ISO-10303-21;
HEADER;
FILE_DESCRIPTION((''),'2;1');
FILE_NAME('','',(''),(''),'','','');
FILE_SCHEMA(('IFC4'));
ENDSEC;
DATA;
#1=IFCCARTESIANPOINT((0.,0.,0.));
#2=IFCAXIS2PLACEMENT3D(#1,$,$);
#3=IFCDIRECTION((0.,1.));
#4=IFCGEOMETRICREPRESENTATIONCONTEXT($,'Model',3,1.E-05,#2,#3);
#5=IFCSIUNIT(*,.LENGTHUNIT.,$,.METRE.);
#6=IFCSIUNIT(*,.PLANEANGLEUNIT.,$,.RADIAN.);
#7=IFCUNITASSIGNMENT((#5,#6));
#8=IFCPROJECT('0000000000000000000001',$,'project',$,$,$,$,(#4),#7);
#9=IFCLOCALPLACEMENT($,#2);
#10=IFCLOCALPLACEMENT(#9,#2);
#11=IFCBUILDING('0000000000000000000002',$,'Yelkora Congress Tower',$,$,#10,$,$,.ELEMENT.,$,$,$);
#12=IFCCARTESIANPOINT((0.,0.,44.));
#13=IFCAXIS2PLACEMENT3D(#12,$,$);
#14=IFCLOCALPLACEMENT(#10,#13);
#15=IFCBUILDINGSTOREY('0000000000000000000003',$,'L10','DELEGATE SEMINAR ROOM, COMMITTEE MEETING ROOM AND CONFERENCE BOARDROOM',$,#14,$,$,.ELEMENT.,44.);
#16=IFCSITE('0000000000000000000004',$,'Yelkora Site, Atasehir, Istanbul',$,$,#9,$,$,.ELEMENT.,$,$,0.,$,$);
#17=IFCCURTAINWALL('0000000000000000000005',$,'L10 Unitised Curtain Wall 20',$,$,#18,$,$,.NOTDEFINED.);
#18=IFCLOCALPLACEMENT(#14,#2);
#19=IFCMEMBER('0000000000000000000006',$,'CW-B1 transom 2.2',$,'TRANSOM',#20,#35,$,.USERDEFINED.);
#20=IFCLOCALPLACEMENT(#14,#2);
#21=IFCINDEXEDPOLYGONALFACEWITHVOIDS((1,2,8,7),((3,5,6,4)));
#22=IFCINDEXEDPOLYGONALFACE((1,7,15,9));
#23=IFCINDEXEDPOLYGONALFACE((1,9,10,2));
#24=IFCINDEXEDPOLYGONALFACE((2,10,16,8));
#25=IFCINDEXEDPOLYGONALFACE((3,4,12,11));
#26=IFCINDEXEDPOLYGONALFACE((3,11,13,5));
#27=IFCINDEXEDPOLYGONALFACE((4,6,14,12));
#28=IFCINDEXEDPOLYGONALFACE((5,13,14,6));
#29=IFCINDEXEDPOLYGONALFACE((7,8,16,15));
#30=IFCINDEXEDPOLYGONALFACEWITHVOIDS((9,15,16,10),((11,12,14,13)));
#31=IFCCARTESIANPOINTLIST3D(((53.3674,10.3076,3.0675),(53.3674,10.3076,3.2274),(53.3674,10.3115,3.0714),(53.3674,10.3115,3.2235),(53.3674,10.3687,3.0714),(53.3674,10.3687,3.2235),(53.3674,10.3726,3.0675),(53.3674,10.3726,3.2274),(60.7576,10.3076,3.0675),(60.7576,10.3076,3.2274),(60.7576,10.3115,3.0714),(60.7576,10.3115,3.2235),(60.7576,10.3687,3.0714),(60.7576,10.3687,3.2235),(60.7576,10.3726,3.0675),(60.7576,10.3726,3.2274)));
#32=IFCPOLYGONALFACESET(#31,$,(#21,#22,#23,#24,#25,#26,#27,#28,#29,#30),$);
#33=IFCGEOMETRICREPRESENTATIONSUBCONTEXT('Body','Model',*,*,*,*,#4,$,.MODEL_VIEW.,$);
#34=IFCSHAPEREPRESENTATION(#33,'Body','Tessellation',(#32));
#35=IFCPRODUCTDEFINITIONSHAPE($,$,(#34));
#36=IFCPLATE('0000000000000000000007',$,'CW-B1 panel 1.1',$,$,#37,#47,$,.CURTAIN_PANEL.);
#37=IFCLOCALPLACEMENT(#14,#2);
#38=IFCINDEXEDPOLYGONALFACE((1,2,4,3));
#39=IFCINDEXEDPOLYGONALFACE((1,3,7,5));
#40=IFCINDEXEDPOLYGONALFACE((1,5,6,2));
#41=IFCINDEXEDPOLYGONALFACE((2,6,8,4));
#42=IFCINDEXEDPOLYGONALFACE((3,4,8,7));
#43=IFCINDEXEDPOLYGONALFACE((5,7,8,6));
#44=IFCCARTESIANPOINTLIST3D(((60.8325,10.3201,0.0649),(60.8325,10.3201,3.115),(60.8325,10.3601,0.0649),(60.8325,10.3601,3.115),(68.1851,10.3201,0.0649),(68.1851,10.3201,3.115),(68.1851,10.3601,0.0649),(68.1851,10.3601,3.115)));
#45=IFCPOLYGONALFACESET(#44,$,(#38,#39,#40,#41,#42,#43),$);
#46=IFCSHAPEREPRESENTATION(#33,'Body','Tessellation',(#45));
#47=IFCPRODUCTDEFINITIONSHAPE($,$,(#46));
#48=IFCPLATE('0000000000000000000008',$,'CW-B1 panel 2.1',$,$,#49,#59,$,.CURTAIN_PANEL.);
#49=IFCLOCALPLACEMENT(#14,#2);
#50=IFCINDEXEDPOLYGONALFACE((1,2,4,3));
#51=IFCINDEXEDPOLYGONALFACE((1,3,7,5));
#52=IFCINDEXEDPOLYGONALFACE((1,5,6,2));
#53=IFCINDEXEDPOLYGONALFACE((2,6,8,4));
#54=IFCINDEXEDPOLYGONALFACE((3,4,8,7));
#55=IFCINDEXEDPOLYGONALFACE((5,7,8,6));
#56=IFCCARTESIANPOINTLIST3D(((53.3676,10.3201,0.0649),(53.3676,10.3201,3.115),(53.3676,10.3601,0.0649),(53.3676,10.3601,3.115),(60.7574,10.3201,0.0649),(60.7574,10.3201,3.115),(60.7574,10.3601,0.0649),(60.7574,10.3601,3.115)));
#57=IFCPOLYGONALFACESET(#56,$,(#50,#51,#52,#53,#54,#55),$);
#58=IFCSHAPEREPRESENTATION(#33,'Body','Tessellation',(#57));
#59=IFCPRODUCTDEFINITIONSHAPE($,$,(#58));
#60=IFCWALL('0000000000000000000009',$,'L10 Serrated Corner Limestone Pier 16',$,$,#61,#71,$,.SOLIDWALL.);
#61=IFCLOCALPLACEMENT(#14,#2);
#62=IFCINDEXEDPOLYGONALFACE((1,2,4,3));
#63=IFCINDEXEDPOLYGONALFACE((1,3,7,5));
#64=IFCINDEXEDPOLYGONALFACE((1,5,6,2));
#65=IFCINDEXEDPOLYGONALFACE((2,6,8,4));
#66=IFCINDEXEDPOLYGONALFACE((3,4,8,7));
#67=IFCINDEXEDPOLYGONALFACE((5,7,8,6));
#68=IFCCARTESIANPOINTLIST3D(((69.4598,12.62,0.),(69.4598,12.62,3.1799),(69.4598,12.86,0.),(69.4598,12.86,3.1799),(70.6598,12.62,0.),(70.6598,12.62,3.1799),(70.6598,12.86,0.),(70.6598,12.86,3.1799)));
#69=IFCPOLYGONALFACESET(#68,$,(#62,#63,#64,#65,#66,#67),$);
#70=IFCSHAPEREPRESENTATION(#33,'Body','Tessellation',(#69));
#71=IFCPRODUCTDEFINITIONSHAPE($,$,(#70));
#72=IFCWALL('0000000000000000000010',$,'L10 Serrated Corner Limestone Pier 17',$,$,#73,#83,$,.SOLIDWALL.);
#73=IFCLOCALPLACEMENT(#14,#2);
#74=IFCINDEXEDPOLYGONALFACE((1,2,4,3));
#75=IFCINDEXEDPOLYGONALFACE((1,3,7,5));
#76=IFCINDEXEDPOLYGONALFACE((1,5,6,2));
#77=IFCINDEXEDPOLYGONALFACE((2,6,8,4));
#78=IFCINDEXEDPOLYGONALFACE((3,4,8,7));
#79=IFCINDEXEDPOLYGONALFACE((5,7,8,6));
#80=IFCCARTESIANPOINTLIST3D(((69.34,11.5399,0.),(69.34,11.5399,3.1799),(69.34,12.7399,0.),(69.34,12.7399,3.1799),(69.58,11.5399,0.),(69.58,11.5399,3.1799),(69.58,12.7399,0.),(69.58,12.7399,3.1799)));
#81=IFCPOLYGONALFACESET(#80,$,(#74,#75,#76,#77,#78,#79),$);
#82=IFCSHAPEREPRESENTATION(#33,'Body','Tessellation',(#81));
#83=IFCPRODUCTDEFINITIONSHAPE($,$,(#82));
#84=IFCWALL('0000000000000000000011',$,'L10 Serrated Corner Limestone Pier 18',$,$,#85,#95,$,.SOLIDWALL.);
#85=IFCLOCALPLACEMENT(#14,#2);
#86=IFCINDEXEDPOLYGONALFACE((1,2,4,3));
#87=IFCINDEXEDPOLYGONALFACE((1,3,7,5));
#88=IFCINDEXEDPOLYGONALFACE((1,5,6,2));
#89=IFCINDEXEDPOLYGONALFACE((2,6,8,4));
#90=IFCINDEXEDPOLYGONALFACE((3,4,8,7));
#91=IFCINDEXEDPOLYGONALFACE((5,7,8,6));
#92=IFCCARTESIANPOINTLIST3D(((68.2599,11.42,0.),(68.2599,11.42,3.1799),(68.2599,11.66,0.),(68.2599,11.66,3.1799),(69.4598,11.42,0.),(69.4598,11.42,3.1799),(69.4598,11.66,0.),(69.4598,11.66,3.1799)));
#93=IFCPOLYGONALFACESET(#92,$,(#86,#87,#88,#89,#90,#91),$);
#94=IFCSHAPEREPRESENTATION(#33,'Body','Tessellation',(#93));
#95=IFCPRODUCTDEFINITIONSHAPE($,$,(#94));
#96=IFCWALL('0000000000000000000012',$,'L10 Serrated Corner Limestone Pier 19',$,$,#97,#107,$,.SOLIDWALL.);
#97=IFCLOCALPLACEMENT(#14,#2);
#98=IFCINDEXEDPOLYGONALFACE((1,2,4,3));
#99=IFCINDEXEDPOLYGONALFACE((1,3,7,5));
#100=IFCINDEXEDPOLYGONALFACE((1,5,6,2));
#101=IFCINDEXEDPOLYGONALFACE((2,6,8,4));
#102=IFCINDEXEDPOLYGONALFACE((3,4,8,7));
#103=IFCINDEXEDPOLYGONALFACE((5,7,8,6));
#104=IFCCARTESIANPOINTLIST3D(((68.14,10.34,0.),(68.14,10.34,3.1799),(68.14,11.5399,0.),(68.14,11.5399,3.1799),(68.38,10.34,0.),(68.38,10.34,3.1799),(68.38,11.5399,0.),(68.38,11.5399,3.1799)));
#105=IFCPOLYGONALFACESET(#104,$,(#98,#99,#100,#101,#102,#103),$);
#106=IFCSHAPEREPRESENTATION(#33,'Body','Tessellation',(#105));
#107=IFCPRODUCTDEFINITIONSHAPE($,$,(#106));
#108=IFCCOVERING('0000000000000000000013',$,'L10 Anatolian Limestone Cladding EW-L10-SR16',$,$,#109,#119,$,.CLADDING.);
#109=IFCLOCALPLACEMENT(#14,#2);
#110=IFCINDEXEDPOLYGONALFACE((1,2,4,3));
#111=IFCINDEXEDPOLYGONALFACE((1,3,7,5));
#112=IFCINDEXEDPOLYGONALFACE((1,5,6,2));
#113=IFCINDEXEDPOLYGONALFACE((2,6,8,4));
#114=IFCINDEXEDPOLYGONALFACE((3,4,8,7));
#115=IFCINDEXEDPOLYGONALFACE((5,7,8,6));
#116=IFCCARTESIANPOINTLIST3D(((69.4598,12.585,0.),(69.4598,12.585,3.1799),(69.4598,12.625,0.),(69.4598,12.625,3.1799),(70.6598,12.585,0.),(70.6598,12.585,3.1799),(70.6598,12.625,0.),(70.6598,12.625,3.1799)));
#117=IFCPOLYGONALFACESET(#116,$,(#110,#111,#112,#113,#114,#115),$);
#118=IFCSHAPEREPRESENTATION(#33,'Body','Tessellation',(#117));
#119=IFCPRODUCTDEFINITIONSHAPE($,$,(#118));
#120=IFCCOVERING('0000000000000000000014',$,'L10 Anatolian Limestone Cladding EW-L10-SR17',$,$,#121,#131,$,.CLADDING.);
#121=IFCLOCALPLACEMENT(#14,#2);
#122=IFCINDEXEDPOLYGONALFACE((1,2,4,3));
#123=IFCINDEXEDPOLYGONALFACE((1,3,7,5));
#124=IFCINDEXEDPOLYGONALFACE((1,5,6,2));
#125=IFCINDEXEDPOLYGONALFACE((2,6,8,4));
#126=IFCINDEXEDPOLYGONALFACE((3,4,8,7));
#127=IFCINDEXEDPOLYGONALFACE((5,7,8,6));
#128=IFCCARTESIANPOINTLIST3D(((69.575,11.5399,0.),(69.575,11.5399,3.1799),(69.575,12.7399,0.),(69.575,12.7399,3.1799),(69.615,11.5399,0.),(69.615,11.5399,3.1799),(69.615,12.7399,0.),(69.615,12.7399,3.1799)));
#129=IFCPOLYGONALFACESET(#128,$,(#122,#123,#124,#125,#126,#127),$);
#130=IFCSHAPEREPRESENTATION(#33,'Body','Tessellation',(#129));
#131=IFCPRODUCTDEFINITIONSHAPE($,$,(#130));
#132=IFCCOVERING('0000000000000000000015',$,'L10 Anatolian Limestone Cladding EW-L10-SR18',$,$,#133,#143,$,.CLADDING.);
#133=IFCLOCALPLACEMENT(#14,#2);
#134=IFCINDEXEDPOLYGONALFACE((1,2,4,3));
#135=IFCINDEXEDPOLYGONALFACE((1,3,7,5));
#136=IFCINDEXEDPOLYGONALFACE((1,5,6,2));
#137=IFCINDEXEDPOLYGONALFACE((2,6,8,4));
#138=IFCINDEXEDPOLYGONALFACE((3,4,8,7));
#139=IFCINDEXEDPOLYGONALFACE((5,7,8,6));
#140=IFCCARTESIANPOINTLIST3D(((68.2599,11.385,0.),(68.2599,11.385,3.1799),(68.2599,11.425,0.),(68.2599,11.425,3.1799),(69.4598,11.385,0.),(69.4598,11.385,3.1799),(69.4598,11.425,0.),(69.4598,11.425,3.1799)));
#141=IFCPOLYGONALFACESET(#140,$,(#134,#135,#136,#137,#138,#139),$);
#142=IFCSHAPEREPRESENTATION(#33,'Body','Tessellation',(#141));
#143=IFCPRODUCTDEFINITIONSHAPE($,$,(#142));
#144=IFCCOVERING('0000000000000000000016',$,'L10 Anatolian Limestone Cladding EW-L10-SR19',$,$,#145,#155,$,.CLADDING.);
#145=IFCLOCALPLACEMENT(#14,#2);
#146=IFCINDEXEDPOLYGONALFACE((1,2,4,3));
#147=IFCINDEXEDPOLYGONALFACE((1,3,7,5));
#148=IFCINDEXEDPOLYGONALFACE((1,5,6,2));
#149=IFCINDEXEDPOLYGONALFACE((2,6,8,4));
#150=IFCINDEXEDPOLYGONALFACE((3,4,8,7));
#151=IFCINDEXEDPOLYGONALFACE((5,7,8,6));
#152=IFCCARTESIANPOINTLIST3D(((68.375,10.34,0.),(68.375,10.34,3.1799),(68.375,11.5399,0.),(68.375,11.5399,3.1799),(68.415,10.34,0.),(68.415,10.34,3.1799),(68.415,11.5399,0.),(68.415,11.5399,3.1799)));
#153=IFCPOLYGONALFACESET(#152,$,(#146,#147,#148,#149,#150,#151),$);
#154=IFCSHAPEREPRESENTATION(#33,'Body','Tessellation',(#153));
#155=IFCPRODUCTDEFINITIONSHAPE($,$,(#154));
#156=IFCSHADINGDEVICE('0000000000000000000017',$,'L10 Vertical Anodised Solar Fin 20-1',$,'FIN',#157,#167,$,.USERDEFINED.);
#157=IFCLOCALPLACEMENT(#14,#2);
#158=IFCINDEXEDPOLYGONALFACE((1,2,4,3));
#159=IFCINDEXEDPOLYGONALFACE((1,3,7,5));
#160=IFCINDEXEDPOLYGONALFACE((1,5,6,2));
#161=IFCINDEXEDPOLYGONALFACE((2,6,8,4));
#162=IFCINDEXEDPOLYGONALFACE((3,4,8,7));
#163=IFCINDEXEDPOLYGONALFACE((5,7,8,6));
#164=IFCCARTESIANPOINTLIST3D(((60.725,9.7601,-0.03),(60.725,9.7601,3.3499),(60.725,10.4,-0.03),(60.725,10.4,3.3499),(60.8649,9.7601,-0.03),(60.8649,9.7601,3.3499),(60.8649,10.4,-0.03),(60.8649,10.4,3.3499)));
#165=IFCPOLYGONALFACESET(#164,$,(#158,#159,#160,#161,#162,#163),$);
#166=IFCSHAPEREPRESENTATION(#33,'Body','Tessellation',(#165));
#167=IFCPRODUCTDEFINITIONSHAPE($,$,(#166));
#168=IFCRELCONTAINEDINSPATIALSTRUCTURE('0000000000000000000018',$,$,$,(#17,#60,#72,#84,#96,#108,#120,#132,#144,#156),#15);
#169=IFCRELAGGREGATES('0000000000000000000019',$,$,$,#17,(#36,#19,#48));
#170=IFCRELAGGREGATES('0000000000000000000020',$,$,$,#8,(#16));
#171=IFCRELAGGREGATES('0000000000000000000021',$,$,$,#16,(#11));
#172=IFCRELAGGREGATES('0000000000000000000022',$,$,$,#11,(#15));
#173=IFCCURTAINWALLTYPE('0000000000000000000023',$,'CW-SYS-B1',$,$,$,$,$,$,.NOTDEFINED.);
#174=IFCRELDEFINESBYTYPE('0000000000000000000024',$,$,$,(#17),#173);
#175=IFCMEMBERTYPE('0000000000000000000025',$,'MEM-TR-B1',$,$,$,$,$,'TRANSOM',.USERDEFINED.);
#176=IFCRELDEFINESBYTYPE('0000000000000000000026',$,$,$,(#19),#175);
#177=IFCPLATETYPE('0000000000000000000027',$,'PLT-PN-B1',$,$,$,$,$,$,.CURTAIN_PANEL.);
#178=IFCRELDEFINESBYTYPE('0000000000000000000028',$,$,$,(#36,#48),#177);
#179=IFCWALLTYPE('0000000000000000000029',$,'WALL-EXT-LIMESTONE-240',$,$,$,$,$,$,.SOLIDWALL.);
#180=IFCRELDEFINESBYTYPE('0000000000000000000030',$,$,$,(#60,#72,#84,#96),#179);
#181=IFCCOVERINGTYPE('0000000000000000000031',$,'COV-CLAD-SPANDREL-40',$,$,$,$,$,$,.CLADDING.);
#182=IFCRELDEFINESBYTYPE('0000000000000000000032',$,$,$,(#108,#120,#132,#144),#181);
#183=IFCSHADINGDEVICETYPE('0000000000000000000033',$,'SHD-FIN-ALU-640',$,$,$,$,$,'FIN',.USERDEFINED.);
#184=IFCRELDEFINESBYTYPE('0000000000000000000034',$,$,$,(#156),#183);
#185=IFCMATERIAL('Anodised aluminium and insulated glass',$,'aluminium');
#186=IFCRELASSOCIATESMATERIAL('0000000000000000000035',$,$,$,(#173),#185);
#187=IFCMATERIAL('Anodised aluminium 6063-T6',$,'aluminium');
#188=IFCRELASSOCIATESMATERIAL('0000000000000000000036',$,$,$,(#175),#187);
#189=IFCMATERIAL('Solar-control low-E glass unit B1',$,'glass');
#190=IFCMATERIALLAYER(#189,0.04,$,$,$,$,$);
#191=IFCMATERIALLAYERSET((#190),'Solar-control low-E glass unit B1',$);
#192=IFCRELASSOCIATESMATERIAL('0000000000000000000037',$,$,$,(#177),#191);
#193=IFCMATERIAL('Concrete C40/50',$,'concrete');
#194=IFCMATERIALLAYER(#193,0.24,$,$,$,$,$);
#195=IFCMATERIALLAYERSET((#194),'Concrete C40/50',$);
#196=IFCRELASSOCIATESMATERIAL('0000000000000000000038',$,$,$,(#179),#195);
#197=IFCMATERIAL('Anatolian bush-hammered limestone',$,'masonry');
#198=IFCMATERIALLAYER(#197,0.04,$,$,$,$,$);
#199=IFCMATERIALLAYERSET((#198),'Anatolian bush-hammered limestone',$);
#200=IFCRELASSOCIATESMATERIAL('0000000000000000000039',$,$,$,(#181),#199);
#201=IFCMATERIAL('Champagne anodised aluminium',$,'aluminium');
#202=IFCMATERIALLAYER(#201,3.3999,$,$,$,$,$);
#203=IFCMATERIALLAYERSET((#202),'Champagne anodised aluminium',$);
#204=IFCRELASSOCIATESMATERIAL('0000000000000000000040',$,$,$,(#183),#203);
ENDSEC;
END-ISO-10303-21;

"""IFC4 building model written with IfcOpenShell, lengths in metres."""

from ifc_helpers import new_model, si_unit, direction, frame, frame_2d, origin, origin_2d, place, context, subcontext, project, spatial, rectangle, hollow_rectangle, extrude, material, layer, layer_set, material_profile, profile_set, type_object, element, aggregate, save


model = new_model("IFC4")

# Units and contexts
model_context = context("Model", 3, precision=1e-05, world=origin(), true_north=direction((0.0, 1.0)))
body_context = subcontext(model_context, "Body", "Model", "MODEL_VIEW")
ifc_project = project(units=[si_unit("LENGTHUNIT", "METRE"), si_unit("PLANEANGLEUNIT", "RADIAN")], contexts=[model_context])

# Site, building, storey
site_placement = place(None, origin())
site = spatial("IfcSite", under=ifc_project, at=site_placement, Name="Yelkora Site, Atasehir, Istanbul", CompositionType="ELEMENT", RefElevation=0.0)
building_placement = place(site_placement, origin())
building = spatial("IfcBuilding", under=site, at=building_placement, Name="Yelkora Congress Tower", CompositionType="ELEMENT")
storey_placement = place(building_placement, frame((0.0, 0.0, 44.0)))
storey = spatial("IfcBuildingStorey", under=building, at=storey_placement, Name="L10", Description="DELEGATE SEMINAR ROOM, COMMITTEE MEETING ROOM AND CONFERENCE BOARDROOM", CompositionType="ELEMENT", Elevation=44.0)

# Curtain wall, member, plates
ifc_material_1 = material(Name="Anodised aluminium and insulated glass", Category="aluminium")
curtain_wall_type = type_object("IfcCurtainWallType", Name="CW-SYS-B1", PredefinedType="NOTDEFINED", material=ifc_material_1)
curtain_wall_placement = place(storey_placement, origin())
curtain_wall = element("IfcCurtainWall", 1, at=curtain_wall_placement, inside=storey, type_object=curtain_wall_type, Name="L10 Unitised Curtain Wall 20", PredefinedType="NOTDEFINED")
ifc_material_2 = material(Name="Anodised aluminium 6063-T6", Category="aluminium")
ifc_material_profile_1 = material_profile(ifc_material_2, hollow_rectangle(XDim=0.0649, YDim=0.1599, WallThickness=0.0039, at=origin_2d()), Name="ALU 65x160x4")
ifc_profile_set_1 = profile_set([ifc_material_profile_1], Name="Anodised aluminium 6063-T6")
member_type_1 = type_object("IfcMemberType", Name="MEM-TR-B1", ElementType="TRANSOM", PredefinedType="USERDEFINED", material=ifc_profile_set_1)
member_1_placement = place(storey_placement, frame((60.7576, 10.3401, 3.1475), z_axis=(-1.0, 0.0, 0.0), x_axis=(0.0, -1.0, 0.0)))
member_1 = element("IfcMember", 2, at=member_1_placement, type_object=member_type_1, Name="CW-B1 transom 2.2", ObjectType="TRANSOM", PredefinedType="USERDEFINED", context=body_context, shape_type="SweptSolid", body=[
    extrude(hollow_rectangle(XDim=0.0649, YDim=0.1599, WallThickness=0.0039, at=origin_2d()), origin(), (0.0, 0.0, 1.0), 7.3901),
])
ifc_material_3 = material(Name="Solar-control low-E glass unit B1", Category="glass")
ifc_layer_1 = layer(ifc_material_3, 0.04)
ifc_layer_set_1 = layer_set([ifc_layer_1], Name="Solar-control low-E glass unit B1")
plate_type = type_object("IfcPlateType", Name="PLT-PN-B1", PredefinedType="CURTAIN_PANEL", material=ifc_layer_set_1)
plate_1_placement = place(storey_placement, frame((64.5088, 10.3401, 0.0649), z_axis=(0.0, 0.0, 1.0), x_axis=(-1.0, 0.0, 0.0)))
plate_1 = element("IfcPlate", 3, at=plate_1_placement, type_object=plate_type, Name="CW-B1 panel 1.1", PredefinedType="CURTAIN_PANEL", context=body_context, shape_type="SweptSolid", body=[
    extrude(rectangle(XDim=7.3525, YDim=0.04, at=origin_2d()), origin(), (0.0, 0.0, 1.0), 3.05),
])
plate_2_placement = place(storey_placement, frame((57.0625, 10.3401, 0.0649), z_axis=(0.0, 0.0, 1.0), x_axis=(-1.0, 0.0, 0.0)))
plate_2 = element("IfcPlate", 4, at=plate_2_placement, type_object=plate_type, Name="CW-B1 panel 2.1", PredefinedType="CURTAIN_PANEL", context=body_context, shape_type="SweptSolid", body=[
    extrude(rectangle(XDim=7.3899, YDim=0.04, at=origin_2d()), origin(), (0.0, 0.0, 1.0), 3.05),
])
aggregate(curtain_wall, [plate_1, member_1, plate_2])

# Walls
ifc_material_4 = material(Name="Concrete C40/50", Category="concrete")
ifc_layer_2 = layer(ifc_material_4, 0.24)
ifc_layer_set_2 = layer_set([ifc_layer_2], Name="Concrete C40/50")
wall_type = type_object("IfcWallType", Name="WALL-EXT-LIMESTONE-240", PredefinedType="SOLIDWALL", material=ifc_layer_set_2)
for number, where, z_axis, x_axis, name in (
    (5, (70.6599, 12.74, 0.0), (0.0, 0.0, 1.0), (-1.0, 0.0, 0.0), "L10 Serrated Corner Limestone Pier 16"),
    (6, (69.46, 12.74, 0.0), (0.0, 0.0, 1.0), (0.0, -1.0, 0.0), "L10 Serrated Corner Limestone Pier 17"),
    (7, (69.46, 11.54, 0.0), (0.0, 0.0, 1.0), (-1.0, 0.0, 0.0), "L10 Serrated Corner Limestone Pier 18"),
    (8, (68.26, 11.54, 0.0), (0.0, 0.0, 1.0), (0.0, -1.0, 0.0), "L10 Serrated Corner Limestone Pier 19"),
):
    element("IfcWall", number, at=place(storey_placement, frame(where, z_axis=z_axis, x_axis=x_axis)), inside=storey, type_object=wall_type, Name=name, PredefinedType="SOLIDWALL", context=body_context, shape_type="SweptSolid", body=[
        extrude(rectangle(XDim=1.2, YDim=0.24, at=frame_2d((0.6001, 0.0))), origin(), (0.0, 0.0, 1.0), 3.1799),
    ])

# Coverings
ifc_material_5 = material(Name="Anatolian bush-hammered limestone", Category="masonry")
ifc_layer_3 = layer(ifc_material_5, 0.04)
ifc_layer_set_3 = layer_set([ifc_layer_3], Name="Anatolian bush-hammered limestone")
covering_type = type_object("IfcCoveringType", Name="COV-CLAD-SPANDREL-40", PredefinedType="CLADDING", material=ifc_layer_set_3)
for number, where, z_axis, x_axis, name in (
    (9, (70.6599, 12.605, 0.0), (0.0, 0.0, 1.0), (-1.0, 0.0, 0.0), "L10 Anatolian Limestone Cladding EW-L10-SR16"),
    (10, (69.595, 12.74, 0.0), (0.0, 0.0, 1.0), (0.0, -1.0, 0.0), "L10 Anatolian Limestone Cladding EW-L10-SR17"),
    (11, (69.46, 11.405, 0.0), (0.0, 0.0, 1.0), (-1.0, 0.0, 0.0), "L10 Anatolian Limestone Cladding EW-L10-SR18"),
    (12, (68.395, 11.54, 0.0), (0.0, 0.0, 1.0), (0.0, -1.0, 0.0), "L10 Anatolian Limestone Cladding EW-L10-SR19"),
):
    element("IfcCovering", number, at=place(storey_placement, frame(where, z_axis=z_axis, x_axis=x_axis)), inside=storey, type_object=covering_type, Name=name, PredefinedType="CLADDING", context=body_context, shape_type="SweptSolid", body=[
        extrude(rectangle(XDim=1.2, YDim=0.04, at=frame_2d((0.6001, 0.0))), origin(), (0.0, 0.0, 1.0), 3.1799),
    ])

# Shading device
ifc_material_6 = material(Name="Champagne anodised aluminium", Category="aluminium")
ifc_layer_4 = layer(ifc_material_6, 3.3999)
ifc_layer_set_4 = layer_set([ifc_layer_4], Name="Champagne anodised aluminium")
shading_device_type = type_object("IfcShadingDeviceType", Name="SHD-FIN-ALU-640", ElementType="FIN", PredefinedType="USERDEFINED", material=ifc_layer_set_4)
shading_device_placement = place(storey_placement, frame((60.7949, 10.0801, -0.03), z_axis=(0.0, 0.0, 1.0), x_axis=(-1.0, 0.0, 0.0)))
element("IfcShadingDevice", 13, at=shading_device_placement, inside=storey, type_object=shading_device_type, Name="L10 Vertical Anodised Solar Fin 20-1", ObjectType="FIN", PredefinedType="USERDEFINED", context=body_context, shape_type="SweptSolid", body=[
    extrude(rectangle(XDim=0.1399, YDim=0.6399, at=origin_2d()), origin(), (0.0, 0.0, 1.0), 3.3799),
])

save(model, "model.ifc")
